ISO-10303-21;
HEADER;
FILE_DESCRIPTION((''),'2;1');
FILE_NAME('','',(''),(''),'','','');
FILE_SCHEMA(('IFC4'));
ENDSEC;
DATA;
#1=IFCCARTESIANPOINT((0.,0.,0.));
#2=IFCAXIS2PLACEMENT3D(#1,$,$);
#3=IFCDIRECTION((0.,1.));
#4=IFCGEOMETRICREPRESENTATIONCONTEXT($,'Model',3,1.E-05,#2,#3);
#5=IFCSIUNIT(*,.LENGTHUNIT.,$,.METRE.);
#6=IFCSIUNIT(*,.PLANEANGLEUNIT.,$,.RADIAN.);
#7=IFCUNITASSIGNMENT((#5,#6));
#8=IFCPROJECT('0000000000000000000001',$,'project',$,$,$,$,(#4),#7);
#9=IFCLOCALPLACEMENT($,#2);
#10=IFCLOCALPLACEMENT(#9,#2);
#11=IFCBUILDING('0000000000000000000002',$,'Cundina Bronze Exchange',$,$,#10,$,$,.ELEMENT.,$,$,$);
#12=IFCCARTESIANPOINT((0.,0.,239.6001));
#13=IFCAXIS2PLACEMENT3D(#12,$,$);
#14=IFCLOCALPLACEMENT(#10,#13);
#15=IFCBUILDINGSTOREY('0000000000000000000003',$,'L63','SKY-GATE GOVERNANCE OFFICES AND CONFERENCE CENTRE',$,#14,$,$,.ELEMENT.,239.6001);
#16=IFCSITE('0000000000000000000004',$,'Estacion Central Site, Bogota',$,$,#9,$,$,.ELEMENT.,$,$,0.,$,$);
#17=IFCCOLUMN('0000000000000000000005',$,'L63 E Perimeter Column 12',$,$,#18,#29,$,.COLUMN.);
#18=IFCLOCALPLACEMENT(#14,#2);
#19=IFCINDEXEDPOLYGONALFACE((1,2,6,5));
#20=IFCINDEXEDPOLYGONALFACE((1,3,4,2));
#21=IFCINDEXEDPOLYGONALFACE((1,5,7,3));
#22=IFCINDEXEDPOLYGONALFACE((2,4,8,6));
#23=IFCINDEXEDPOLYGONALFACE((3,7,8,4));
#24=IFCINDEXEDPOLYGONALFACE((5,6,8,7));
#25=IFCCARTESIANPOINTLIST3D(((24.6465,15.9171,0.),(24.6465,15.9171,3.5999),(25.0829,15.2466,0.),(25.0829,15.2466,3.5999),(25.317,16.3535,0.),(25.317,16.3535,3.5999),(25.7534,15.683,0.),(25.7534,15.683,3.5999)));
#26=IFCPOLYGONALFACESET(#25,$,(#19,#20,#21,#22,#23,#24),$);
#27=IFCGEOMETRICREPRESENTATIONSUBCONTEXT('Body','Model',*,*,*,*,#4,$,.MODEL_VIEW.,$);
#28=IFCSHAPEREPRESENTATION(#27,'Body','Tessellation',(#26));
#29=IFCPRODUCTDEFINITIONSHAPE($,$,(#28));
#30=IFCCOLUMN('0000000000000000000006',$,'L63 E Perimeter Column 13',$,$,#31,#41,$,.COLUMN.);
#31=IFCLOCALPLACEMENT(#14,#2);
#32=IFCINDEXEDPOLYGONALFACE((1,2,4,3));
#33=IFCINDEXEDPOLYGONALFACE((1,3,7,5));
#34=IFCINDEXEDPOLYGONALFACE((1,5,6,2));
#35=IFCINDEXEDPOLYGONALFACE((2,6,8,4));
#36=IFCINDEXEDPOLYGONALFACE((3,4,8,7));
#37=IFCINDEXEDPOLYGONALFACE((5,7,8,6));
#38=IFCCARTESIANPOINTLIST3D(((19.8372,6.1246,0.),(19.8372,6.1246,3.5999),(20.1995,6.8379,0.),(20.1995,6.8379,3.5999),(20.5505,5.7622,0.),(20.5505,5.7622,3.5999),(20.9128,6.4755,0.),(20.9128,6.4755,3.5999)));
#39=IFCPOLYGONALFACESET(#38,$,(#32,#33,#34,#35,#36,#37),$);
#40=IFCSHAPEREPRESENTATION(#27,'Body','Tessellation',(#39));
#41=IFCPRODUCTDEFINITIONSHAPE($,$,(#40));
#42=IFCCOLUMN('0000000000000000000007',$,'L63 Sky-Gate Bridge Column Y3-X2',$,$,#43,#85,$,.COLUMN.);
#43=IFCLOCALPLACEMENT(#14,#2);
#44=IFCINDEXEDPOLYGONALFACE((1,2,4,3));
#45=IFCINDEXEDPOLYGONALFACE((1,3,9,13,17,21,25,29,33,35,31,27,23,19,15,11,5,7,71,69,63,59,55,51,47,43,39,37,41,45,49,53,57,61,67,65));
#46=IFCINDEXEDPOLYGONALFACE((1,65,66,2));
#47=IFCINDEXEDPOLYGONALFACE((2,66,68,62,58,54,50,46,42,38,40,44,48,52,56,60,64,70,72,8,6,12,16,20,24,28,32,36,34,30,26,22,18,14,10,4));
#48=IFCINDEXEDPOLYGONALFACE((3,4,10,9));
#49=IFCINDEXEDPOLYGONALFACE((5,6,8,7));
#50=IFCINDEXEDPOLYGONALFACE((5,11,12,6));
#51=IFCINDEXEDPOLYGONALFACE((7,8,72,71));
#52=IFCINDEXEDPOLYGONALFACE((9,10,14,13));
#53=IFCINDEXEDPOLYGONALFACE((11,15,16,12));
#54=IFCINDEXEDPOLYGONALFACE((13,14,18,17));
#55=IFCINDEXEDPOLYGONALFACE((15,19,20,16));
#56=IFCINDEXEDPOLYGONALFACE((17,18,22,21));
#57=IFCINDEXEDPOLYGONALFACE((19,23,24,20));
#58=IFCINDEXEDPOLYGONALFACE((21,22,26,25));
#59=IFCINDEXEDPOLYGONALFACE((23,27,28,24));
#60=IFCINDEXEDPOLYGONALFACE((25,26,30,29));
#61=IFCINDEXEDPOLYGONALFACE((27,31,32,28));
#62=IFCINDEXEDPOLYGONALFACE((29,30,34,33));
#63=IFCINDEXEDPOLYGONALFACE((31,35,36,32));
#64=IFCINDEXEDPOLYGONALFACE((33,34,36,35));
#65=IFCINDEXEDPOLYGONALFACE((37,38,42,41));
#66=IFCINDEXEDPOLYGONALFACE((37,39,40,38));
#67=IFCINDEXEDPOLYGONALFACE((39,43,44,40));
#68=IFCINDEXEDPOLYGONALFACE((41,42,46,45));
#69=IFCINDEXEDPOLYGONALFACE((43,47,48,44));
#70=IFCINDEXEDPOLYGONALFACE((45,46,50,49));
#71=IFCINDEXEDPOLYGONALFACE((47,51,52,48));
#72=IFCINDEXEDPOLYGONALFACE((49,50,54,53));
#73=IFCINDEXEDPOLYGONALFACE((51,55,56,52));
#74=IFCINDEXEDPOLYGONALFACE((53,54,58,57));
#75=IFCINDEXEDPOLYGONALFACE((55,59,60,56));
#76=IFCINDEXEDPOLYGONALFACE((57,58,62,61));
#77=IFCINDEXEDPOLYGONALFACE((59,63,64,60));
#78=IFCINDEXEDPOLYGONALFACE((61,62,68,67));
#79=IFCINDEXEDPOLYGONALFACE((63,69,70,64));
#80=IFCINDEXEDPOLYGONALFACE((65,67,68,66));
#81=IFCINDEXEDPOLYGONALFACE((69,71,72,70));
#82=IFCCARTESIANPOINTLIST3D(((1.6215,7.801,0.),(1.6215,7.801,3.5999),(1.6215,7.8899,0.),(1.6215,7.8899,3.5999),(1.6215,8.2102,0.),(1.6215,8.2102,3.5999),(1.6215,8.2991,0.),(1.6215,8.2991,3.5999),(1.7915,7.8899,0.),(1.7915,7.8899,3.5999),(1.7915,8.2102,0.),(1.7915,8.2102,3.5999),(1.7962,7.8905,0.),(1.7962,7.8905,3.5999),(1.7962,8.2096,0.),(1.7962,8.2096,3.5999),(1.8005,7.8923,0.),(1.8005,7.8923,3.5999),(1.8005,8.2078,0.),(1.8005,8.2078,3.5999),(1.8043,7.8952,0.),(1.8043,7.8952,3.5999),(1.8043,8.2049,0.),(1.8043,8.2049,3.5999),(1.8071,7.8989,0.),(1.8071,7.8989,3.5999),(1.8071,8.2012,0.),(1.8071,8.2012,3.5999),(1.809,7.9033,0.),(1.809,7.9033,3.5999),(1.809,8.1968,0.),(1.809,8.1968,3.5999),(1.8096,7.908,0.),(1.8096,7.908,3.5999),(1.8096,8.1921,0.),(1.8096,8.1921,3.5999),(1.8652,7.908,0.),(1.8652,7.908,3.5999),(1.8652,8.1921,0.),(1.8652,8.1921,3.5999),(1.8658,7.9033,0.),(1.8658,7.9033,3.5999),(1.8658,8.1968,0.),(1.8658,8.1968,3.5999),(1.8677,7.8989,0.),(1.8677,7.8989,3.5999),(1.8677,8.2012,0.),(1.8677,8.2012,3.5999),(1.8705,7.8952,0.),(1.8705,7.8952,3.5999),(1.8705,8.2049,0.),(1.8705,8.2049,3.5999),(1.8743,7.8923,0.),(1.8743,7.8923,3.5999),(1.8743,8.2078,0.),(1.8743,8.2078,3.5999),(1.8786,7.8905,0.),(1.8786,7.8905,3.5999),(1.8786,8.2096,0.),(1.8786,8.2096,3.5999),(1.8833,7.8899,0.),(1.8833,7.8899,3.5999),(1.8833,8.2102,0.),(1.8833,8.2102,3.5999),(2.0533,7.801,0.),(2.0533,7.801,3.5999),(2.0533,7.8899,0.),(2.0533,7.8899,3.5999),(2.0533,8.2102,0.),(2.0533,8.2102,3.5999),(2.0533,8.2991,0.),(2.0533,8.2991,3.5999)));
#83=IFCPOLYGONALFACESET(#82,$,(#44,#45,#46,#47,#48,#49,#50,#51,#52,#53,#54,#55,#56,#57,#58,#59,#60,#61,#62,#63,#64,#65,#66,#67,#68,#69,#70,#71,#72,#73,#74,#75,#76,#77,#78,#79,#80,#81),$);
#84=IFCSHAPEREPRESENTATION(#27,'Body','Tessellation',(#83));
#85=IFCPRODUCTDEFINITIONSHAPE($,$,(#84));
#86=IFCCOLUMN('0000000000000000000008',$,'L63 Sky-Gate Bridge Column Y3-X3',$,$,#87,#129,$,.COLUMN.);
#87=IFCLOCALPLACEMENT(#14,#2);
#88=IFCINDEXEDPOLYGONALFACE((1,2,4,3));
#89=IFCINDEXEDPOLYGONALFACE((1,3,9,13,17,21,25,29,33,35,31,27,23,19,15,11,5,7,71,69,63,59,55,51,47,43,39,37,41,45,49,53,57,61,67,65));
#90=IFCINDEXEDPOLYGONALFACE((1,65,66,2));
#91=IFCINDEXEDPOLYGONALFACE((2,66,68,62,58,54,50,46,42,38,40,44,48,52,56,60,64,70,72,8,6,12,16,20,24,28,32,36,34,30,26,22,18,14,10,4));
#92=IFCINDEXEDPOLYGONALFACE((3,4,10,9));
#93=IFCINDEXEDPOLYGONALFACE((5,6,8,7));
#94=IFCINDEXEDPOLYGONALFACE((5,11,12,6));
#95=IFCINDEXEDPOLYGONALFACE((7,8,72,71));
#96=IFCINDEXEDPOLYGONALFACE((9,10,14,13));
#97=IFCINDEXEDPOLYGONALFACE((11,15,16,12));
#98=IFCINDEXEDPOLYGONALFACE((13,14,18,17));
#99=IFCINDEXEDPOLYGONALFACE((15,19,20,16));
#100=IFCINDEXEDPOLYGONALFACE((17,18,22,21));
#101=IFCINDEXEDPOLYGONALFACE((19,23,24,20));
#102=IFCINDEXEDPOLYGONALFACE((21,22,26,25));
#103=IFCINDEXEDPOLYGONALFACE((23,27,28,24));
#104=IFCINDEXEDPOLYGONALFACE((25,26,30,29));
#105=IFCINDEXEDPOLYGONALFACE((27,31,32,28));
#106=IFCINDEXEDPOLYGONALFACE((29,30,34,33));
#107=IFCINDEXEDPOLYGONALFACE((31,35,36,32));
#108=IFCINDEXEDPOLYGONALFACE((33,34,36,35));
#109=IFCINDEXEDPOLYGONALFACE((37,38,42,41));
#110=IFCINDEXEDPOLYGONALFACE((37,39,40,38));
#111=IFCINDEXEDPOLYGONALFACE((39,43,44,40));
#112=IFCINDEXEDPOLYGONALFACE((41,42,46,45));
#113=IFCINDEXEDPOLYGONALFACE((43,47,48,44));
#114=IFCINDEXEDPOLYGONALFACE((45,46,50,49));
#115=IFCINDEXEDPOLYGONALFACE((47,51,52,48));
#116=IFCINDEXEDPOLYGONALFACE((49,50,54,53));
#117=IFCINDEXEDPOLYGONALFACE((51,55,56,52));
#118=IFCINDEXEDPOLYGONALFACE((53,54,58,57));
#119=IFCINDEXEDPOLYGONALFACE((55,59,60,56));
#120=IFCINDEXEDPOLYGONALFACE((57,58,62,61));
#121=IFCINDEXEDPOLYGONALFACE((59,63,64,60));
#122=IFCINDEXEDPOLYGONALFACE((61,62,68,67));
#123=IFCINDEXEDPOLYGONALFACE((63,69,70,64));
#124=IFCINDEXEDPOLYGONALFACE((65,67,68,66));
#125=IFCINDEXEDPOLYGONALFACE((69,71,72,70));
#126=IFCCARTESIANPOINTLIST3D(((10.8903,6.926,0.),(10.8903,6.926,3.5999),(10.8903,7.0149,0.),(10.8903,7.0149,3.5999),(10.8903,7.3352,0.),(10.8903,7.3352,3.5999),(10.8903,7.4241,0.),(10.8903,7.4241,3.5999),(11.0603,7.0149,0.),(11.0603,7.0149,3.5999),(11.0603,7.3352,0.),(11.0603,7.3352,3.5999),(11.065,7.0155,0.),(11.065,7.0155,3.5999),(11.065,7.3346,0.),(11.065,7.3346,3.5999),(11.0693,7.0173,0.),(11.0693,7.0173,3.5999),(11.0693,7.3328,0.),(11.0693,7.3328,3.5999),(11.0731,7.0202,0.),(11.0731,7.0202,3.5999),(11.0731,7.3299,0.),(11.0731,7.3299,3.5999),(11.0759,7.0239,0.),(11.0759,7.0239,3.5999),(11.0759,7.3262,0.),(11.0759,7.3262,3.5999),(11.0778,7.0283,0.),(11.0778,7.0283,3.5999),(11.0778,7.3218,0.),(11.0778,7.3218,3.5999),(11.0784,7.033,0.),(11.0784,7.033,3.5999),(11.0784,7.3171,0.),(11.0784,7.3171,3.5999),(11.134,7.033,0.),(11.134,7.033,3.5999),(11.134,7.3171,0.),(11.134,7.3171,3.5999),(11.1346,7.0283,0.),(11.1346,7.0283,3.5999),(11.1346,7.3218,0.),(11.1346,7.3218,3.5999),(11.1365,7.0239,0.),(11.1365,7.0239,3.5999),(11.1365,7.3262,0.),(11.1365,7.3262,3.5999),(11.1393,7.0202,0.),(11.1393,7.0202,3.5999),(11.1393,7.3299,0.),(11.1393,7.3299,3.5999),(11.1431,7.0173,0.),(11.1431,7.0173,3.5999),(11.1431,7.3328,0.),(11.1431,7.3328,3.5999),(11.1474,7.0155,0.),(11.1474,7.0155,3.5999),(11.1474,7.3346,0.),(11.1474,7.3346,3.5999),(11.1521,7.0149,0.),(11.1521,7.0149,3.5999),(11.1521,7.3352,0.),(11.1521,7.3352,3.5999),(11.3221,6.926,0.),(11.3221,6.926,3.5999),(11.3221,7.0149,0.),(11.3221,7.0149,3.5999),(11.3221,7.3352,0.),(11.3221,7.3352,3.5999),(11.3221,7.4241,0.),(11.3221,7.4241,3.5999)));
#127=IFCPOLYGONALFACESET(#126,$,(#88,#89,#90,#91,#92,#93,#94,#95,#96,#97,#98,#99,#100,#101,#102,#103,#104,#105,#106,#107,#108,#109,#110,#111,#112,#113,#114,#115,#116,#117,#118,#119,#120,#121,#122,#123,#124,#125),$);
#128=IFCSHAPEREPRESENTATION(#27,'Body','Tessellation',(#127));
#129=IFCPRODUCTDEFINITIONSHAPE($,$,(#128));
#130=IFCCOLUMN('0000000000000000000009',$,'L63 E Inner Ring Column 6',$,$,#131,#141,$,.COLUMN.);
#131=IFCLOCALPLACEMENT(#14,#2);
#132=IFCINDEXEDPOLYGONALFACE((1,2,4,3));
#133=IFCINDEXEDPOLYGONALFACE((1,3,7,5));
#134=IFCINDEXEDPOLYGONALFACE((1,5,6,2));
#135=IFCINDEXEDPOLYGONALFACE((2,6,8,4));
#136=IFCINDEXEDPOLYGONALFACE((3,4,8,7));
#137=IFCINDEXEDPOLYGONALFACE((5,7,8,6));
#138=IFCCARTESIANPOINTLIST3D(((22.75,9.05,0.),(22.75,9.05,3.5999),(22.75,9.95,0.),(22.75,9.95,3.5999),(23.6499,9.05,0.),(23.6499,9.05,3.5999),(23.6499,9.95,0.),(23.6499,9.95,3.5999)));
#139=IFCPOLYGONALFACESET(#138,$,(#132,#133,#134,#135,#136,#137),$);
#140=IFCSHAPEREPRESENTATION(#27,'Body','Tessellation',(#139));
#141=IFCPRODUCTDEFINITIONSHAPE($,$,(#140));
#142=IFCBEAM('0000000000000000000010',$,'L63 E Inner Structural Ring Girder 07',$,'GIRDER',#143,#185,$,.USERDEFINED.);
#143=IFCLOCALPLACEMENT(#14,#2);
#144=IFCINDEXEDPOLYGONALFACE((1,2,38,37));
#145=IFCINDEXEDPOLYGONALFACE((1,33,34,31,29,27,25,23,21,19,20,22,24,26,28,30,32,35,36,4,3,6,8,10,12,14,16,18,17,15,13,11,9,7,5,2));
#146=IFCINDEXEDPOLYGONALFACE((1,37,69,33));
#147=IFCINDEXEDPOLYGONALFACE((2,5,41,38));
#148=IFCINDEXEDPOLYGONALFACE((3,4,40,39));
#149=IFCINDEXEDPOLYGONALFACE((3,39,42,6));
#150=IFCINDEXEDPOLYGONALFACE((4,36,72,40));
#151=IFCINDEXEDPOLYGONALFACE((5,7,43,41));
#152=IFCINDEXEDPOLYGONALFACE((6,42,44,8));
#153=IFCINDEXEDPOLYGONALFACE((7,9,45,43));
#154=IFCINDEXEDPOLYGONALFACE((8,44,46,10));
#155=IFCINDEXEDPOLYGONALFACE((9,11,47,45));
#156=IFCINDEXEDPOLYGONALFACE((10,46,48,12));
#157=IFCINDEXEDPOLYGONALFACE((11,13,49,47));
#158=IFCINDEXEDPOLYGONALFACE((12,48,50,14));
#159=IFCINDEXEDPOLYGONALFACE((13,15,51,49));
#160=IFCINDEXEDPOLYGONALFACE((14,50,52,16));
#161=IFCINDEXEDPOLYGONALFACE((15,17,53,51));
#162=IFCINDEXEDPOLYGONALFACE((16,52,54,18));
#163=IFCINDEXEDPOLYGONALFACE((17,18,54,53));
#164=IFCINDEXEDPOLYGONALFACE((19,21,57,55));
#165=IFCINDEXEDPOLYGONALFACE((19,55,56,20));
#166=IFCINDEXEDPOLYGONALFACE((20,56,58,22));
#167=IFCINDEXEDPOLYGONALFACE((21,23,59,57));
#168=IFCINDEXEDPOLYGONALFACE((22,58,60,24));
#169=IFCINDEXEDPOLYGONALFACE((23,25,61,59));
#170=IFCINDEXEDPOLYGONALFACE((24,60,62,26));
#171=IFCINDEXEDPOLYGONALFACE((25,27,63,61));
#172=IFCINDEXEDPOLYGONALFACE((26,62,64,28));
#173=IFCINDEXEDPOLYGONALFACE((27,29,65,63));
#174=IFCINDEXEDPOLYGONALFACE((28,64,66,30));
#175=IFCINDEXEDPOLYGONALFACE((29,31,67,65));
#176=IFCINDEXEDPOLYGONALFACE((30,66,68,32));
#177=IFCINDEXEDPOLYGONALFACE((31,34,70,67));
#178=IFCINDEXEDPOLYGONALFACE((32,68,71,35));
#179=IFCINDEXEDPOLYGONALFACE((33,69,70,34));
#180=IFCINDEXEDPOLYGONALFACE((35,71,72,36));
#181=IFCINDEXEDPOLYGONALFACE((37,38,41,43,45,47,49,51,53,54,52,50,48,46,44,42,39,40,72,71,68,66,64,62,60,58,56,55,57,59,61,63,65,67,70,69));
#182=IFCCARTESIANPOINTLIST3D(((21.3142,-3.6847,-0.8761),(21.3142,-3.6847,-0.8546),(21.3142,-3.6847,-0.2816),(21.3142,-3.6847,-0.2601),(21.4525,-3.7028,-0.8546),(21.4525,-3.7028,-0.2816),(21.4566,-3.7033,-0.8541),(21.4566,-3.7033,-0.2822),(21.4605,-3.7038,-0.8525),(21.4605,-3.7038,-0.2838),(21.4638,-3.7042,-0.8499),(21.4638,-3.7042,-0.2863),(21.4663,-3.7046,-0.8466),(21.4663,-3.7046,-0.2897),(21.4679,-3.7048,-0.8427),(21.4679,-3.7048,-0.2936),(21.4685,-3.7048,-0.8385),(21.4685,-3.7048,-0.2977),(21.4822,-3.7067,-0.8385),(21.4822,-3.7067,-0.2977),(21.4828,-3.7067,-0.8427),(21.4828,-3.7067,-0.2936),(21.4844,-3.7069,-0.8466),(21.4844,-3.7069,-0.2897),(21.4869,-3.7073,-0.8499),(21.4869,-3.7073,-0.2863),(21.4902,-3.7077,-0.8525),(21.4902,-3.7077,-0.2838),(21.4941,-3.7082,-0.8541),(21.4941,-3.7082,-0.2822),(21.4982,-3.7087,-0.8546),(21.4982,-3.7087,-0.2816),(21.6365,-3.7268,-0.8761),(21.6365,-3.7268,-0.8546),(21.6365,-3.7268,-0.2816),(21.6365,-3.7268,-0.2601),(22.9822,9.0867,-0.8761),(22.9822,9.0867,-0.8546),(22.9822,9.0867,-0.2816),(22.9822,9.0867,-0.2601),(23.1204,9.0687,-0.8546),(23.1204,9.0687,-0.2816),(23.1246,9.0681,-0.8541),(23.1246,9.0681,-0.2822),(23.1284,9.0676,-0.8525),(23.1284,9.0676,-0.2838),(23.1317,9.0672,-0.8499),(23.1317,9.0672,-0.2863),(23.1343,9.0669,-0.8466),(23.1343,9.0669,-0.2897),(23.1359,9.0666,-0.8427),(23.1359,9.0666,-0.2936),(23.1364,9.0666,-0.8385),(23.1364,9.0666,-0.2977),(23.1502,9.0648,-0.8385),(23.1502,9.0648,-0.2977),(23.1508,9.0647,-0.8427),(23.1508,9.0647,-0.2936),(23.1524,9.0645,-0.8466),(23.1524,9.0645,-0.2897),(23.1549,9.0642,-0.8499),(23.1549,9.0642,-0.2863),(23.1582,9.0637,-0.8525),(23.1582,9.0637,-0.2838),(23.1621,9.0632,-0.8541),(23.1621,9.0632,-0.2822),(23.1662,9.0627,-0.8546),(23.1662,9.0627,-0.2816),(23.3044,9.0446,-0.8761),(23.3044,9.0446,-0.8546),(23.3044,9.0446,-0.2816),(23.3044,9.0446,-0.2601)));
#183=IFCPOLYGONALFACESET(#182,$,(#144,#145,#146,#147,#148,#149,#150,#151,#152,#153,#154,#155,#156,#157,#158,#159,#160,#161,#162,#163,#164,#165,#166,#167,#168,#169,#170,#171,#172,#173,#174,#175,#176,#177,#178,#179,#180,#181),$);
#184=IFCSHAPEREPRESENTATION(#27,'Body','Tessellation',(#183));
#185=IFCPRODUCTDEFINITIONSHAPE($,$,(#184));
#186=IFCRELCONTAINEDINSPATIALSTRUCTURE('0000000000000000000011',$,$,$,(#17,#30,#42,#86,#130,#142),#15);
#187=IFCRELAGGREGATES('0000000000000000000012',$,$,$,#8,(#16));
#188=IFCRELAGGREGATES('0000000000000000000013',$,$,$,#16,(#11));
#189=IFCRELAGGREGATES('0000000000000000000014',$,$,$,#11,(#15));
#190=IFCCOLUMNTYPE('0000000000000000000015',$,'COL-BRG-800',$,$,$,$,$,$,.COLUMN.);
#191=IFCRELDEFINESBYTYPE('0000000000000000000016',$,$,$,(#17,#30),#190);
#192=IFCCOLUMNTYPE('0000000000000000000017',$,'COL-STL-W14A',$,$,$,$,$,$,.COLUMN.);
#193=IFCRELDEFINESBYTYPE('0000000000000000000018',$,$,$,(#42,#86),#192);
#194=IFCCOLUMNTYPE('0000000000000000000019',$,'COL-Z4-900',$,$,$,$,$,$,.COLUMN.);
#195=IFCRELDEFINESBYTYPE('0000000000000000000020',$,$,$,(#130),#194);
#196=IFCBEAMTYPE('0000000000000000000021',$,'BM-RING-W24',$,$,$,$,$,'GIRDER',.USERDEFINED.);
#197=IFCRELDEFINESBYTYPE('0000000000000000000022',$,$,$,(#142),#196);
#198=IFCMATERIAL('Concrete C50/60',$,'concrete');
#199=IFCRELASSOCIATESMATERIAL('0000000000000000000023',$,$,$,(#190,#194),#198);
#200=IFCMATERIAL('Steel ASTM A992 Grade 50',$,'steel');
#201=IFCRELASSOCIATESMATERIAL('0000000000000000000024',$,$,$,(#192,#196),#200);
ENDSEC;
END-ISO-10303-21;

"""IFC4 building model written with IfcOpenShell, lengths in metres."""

from ifc_helpers import new_model, si_unit, direction, frame, origin, origin_2d, place, context, subcontext, project, spatial, rectangle, i_section, extrude, material, material_profile, profile_set, type_object, element, save


model = new_model("IFC4")

# Units and contexts
model_context = context("Model", 3, precision=1e-05, world=origin(), true_north=direction((0.0, 1.0)))
body_context = subcontext(model_context, "Body", "Model", "MODEL_VIEW")
ifc_project = project(units=[si_unit("LENGTHUNIT", "METRE"), si_unit("PLANEANGLEUNIT", "RADIAN")], contexts=[model_context])

# Site, building, storey
site_placement = place(None, origin())
site = spatial("IfcSite", under=ifc_project, at=site_placement, Name="Estacion Central Site, Bogota", CompositionType="ELEMENT", RefElevation=0.0)
building_placement = place(site_placement, origin())
building = spatial("IfcBuilding", under=site, at=building_placement, Name="Cundina Bronze Exchange", CompositionType="ELEMENT")
storey_placement = place(building_placement, frame((0.0, 0.0, 239.6001)))
storey = spatial("IfcBuildingStorey", under=building, at=storey_placement, Name="L63", Description="SKY-GATE GOVERNANCE OFFICES AND CONFERENCE CENTRE", CompositionType="ELEMENT", Elevation=239.6001)

# Columns
ifc_material_1 = material(Name="Concrete C50/60", Category="concrete")
ifc_material_profile_1 = material_profile(ifc_material_1, rectangle(XDim=0.8, YDim=0.8, at=origin_2d()), Name="RC800X800", Category="concrete")
ifc_profile_set_1 = profile_set([ifc_material_profile_1], Name="Concrete C50/60")
column_type_1 = type_object("IfcColumnType", Name="COL-BRG-800", PredefinedType="COLUMN", material=ifc_profile_set_1)
for number, where, z_axis, x_axis, name in (
    (1, (25.2, 15.8, 0.0), (0.0, 0.0, 1.0), (-0.8381, -0.545517, 0.0), "L63 E Perimeter Column 12"),
    (2, (20.375, 6.3, 0.0), (0.0, 0.0, 1.0), (-0.452902, -0.891561, 0.0), "L63 E Perimeter Column 13"),
):
    element("IfcColumn", number, at=place(storey_placement, frame(where, z_axis=z_axis, x_axis=x_axis)), inside=storey, type_object=column_type_1, Name=name, PredefinedType="COLUMN", context=body_context, shape_type="SweptSolid", body=[
        extrude(rectangle(XDim=0.8, YDim=0.8, at=origin_2d()), origin(), (0.0, 0.0, 1.0), 3.5999),
    ])
ifc_material_2 = material(Name="Steel ASTM A992 Grade 50", Category="steel")
ifc_material_profile_2 = material_profile(ifc_material_2, i_section(OverallWidth=0.4319, OverallDepth=0.498, WebThickness=0.0557, FlangeThickness=0.0889, FilletRadius=0.0181, at=origin_2d()), Name="W14X500", Category="steel")
ifc_profile_set_2 = profile_set([ifc_material_profile_2], Name="Steel ASTM A992 Grade 50")
column_type_2 = type_object("IfcColumnType", Name="COL-STL-W14A", PredefinedType="COLUMN", material=ifc_profile_set_2)
for number, where, z_axis, x_axis, name in (
    (3, (1.8374, 8.05, 0.0), (0.0, 0.0, 1.0), (1.0, 0.0, 0.0), "L63 Sky-Gate Bridge Column Y3-X2"),
    (4, (11.1062, 7.175, 0.0), (0.0, 0.0, 1.0), (1.0, 0.0, 0.0), "L63 Sky-Gate Bridge Column Y3-X3"),
):
    element("IfcColumn", number, at=place(storey_placement, frame(where, z_axis=z_axis, x_axis=x_axis)), inside=storey, type_object=column_type_2, Name=name, PredefinedType="COLUMN", context=body_context, shape_type="SweptSolid", body=[
        extrude(i_section(OverallWidth=0.4319, OverallDepth=0.498, WebThickness=0.0557, FlangeThickness=0.0889, FilletRadius=0.0181, at=origin_2d()), origin(), (0.0, 0.0, 1.0), 3.5999),
    ])
ifc_material_profile_3 = material_profile(ifc_material_1, rectangle(XDim=0.8999, YDim=0.8999, at=origin_2d()), Name="RC900X900", Category="concrete")
ifc_profile_set_3 = profile_set([ifc_material_profile_3], Name="Concrete C50/60")
column_type_3 = type_object("IfcColumnType", Name="COL-Z4-900", PredefinedType="COLUMN", material=ifc_profile_set_3)
column_placement = place(storey_placement, frame((23.2, 9.5, 0.0), z_axis=(0.0, 0.0, 1.0), x_axis=(1.0, 0.0, 0.0)))
element("IfcColumn", 5, at=column_placement, inside=storey, type_object=column_type_3, Name="L63 E Inner Ring Column 6", PredefinedType="COLUMN", context=body_context, shape_type="SweptSolid", body=[
    extrude(rectangle(XDim=0.8999, YDim=0.8999, at=origin_2d()), origin(), (0.0, 0.0, 1.0), 3.5999),
])

# Beam
ifc_material_profile_4 = material_profile(ifc_material_2, i_section(OverallWidth=0.325, OverallDepth=0.616, WebThickness=0.0139, FlangeThickness=0.0215, FilletRadius=0.0161, at=origin_2d()), Name="W24X117", Category="steel")
ifc_profile_set_4 = profile_set([ifc_material_profile_4], Name="Steel ASTM A992 Grade 50")
beam_type_1 = type_object("IfcBeamType", Name="BM-RING-W24", ElementType="GIRDER", PredefinedType="USERDEFINED", material=ifc_profile_set_4)
beam_1_placement = place(storey_placement, frame((23.1433, 9.0657, -0.5681), z_axis=(-0.129501, -0.991579, 0.0), x_axis=(0.991579, -0.129501, 0.0)))
element("IfcBeam", 6, at=beam_1_placement, inside=storey, type_object=beam_type_1, Name="L63 E Inner Structural Ring Girder 07", ObjectType="GIRDER", PredefinedType="USERDEFINED", context=body_context, shape_type="SweptSolid", body=[
    extrude(i_section(OverallWidth=0.325, OverallDepth=0.616, WebThickness=0.0139, FlangeThickness=0.0215, FilletRadius=0.0161, at=origin_2d()), origin(), (0.0, 0.0, 1.0), 12.8799),
])

save(model, "model.ifc")
